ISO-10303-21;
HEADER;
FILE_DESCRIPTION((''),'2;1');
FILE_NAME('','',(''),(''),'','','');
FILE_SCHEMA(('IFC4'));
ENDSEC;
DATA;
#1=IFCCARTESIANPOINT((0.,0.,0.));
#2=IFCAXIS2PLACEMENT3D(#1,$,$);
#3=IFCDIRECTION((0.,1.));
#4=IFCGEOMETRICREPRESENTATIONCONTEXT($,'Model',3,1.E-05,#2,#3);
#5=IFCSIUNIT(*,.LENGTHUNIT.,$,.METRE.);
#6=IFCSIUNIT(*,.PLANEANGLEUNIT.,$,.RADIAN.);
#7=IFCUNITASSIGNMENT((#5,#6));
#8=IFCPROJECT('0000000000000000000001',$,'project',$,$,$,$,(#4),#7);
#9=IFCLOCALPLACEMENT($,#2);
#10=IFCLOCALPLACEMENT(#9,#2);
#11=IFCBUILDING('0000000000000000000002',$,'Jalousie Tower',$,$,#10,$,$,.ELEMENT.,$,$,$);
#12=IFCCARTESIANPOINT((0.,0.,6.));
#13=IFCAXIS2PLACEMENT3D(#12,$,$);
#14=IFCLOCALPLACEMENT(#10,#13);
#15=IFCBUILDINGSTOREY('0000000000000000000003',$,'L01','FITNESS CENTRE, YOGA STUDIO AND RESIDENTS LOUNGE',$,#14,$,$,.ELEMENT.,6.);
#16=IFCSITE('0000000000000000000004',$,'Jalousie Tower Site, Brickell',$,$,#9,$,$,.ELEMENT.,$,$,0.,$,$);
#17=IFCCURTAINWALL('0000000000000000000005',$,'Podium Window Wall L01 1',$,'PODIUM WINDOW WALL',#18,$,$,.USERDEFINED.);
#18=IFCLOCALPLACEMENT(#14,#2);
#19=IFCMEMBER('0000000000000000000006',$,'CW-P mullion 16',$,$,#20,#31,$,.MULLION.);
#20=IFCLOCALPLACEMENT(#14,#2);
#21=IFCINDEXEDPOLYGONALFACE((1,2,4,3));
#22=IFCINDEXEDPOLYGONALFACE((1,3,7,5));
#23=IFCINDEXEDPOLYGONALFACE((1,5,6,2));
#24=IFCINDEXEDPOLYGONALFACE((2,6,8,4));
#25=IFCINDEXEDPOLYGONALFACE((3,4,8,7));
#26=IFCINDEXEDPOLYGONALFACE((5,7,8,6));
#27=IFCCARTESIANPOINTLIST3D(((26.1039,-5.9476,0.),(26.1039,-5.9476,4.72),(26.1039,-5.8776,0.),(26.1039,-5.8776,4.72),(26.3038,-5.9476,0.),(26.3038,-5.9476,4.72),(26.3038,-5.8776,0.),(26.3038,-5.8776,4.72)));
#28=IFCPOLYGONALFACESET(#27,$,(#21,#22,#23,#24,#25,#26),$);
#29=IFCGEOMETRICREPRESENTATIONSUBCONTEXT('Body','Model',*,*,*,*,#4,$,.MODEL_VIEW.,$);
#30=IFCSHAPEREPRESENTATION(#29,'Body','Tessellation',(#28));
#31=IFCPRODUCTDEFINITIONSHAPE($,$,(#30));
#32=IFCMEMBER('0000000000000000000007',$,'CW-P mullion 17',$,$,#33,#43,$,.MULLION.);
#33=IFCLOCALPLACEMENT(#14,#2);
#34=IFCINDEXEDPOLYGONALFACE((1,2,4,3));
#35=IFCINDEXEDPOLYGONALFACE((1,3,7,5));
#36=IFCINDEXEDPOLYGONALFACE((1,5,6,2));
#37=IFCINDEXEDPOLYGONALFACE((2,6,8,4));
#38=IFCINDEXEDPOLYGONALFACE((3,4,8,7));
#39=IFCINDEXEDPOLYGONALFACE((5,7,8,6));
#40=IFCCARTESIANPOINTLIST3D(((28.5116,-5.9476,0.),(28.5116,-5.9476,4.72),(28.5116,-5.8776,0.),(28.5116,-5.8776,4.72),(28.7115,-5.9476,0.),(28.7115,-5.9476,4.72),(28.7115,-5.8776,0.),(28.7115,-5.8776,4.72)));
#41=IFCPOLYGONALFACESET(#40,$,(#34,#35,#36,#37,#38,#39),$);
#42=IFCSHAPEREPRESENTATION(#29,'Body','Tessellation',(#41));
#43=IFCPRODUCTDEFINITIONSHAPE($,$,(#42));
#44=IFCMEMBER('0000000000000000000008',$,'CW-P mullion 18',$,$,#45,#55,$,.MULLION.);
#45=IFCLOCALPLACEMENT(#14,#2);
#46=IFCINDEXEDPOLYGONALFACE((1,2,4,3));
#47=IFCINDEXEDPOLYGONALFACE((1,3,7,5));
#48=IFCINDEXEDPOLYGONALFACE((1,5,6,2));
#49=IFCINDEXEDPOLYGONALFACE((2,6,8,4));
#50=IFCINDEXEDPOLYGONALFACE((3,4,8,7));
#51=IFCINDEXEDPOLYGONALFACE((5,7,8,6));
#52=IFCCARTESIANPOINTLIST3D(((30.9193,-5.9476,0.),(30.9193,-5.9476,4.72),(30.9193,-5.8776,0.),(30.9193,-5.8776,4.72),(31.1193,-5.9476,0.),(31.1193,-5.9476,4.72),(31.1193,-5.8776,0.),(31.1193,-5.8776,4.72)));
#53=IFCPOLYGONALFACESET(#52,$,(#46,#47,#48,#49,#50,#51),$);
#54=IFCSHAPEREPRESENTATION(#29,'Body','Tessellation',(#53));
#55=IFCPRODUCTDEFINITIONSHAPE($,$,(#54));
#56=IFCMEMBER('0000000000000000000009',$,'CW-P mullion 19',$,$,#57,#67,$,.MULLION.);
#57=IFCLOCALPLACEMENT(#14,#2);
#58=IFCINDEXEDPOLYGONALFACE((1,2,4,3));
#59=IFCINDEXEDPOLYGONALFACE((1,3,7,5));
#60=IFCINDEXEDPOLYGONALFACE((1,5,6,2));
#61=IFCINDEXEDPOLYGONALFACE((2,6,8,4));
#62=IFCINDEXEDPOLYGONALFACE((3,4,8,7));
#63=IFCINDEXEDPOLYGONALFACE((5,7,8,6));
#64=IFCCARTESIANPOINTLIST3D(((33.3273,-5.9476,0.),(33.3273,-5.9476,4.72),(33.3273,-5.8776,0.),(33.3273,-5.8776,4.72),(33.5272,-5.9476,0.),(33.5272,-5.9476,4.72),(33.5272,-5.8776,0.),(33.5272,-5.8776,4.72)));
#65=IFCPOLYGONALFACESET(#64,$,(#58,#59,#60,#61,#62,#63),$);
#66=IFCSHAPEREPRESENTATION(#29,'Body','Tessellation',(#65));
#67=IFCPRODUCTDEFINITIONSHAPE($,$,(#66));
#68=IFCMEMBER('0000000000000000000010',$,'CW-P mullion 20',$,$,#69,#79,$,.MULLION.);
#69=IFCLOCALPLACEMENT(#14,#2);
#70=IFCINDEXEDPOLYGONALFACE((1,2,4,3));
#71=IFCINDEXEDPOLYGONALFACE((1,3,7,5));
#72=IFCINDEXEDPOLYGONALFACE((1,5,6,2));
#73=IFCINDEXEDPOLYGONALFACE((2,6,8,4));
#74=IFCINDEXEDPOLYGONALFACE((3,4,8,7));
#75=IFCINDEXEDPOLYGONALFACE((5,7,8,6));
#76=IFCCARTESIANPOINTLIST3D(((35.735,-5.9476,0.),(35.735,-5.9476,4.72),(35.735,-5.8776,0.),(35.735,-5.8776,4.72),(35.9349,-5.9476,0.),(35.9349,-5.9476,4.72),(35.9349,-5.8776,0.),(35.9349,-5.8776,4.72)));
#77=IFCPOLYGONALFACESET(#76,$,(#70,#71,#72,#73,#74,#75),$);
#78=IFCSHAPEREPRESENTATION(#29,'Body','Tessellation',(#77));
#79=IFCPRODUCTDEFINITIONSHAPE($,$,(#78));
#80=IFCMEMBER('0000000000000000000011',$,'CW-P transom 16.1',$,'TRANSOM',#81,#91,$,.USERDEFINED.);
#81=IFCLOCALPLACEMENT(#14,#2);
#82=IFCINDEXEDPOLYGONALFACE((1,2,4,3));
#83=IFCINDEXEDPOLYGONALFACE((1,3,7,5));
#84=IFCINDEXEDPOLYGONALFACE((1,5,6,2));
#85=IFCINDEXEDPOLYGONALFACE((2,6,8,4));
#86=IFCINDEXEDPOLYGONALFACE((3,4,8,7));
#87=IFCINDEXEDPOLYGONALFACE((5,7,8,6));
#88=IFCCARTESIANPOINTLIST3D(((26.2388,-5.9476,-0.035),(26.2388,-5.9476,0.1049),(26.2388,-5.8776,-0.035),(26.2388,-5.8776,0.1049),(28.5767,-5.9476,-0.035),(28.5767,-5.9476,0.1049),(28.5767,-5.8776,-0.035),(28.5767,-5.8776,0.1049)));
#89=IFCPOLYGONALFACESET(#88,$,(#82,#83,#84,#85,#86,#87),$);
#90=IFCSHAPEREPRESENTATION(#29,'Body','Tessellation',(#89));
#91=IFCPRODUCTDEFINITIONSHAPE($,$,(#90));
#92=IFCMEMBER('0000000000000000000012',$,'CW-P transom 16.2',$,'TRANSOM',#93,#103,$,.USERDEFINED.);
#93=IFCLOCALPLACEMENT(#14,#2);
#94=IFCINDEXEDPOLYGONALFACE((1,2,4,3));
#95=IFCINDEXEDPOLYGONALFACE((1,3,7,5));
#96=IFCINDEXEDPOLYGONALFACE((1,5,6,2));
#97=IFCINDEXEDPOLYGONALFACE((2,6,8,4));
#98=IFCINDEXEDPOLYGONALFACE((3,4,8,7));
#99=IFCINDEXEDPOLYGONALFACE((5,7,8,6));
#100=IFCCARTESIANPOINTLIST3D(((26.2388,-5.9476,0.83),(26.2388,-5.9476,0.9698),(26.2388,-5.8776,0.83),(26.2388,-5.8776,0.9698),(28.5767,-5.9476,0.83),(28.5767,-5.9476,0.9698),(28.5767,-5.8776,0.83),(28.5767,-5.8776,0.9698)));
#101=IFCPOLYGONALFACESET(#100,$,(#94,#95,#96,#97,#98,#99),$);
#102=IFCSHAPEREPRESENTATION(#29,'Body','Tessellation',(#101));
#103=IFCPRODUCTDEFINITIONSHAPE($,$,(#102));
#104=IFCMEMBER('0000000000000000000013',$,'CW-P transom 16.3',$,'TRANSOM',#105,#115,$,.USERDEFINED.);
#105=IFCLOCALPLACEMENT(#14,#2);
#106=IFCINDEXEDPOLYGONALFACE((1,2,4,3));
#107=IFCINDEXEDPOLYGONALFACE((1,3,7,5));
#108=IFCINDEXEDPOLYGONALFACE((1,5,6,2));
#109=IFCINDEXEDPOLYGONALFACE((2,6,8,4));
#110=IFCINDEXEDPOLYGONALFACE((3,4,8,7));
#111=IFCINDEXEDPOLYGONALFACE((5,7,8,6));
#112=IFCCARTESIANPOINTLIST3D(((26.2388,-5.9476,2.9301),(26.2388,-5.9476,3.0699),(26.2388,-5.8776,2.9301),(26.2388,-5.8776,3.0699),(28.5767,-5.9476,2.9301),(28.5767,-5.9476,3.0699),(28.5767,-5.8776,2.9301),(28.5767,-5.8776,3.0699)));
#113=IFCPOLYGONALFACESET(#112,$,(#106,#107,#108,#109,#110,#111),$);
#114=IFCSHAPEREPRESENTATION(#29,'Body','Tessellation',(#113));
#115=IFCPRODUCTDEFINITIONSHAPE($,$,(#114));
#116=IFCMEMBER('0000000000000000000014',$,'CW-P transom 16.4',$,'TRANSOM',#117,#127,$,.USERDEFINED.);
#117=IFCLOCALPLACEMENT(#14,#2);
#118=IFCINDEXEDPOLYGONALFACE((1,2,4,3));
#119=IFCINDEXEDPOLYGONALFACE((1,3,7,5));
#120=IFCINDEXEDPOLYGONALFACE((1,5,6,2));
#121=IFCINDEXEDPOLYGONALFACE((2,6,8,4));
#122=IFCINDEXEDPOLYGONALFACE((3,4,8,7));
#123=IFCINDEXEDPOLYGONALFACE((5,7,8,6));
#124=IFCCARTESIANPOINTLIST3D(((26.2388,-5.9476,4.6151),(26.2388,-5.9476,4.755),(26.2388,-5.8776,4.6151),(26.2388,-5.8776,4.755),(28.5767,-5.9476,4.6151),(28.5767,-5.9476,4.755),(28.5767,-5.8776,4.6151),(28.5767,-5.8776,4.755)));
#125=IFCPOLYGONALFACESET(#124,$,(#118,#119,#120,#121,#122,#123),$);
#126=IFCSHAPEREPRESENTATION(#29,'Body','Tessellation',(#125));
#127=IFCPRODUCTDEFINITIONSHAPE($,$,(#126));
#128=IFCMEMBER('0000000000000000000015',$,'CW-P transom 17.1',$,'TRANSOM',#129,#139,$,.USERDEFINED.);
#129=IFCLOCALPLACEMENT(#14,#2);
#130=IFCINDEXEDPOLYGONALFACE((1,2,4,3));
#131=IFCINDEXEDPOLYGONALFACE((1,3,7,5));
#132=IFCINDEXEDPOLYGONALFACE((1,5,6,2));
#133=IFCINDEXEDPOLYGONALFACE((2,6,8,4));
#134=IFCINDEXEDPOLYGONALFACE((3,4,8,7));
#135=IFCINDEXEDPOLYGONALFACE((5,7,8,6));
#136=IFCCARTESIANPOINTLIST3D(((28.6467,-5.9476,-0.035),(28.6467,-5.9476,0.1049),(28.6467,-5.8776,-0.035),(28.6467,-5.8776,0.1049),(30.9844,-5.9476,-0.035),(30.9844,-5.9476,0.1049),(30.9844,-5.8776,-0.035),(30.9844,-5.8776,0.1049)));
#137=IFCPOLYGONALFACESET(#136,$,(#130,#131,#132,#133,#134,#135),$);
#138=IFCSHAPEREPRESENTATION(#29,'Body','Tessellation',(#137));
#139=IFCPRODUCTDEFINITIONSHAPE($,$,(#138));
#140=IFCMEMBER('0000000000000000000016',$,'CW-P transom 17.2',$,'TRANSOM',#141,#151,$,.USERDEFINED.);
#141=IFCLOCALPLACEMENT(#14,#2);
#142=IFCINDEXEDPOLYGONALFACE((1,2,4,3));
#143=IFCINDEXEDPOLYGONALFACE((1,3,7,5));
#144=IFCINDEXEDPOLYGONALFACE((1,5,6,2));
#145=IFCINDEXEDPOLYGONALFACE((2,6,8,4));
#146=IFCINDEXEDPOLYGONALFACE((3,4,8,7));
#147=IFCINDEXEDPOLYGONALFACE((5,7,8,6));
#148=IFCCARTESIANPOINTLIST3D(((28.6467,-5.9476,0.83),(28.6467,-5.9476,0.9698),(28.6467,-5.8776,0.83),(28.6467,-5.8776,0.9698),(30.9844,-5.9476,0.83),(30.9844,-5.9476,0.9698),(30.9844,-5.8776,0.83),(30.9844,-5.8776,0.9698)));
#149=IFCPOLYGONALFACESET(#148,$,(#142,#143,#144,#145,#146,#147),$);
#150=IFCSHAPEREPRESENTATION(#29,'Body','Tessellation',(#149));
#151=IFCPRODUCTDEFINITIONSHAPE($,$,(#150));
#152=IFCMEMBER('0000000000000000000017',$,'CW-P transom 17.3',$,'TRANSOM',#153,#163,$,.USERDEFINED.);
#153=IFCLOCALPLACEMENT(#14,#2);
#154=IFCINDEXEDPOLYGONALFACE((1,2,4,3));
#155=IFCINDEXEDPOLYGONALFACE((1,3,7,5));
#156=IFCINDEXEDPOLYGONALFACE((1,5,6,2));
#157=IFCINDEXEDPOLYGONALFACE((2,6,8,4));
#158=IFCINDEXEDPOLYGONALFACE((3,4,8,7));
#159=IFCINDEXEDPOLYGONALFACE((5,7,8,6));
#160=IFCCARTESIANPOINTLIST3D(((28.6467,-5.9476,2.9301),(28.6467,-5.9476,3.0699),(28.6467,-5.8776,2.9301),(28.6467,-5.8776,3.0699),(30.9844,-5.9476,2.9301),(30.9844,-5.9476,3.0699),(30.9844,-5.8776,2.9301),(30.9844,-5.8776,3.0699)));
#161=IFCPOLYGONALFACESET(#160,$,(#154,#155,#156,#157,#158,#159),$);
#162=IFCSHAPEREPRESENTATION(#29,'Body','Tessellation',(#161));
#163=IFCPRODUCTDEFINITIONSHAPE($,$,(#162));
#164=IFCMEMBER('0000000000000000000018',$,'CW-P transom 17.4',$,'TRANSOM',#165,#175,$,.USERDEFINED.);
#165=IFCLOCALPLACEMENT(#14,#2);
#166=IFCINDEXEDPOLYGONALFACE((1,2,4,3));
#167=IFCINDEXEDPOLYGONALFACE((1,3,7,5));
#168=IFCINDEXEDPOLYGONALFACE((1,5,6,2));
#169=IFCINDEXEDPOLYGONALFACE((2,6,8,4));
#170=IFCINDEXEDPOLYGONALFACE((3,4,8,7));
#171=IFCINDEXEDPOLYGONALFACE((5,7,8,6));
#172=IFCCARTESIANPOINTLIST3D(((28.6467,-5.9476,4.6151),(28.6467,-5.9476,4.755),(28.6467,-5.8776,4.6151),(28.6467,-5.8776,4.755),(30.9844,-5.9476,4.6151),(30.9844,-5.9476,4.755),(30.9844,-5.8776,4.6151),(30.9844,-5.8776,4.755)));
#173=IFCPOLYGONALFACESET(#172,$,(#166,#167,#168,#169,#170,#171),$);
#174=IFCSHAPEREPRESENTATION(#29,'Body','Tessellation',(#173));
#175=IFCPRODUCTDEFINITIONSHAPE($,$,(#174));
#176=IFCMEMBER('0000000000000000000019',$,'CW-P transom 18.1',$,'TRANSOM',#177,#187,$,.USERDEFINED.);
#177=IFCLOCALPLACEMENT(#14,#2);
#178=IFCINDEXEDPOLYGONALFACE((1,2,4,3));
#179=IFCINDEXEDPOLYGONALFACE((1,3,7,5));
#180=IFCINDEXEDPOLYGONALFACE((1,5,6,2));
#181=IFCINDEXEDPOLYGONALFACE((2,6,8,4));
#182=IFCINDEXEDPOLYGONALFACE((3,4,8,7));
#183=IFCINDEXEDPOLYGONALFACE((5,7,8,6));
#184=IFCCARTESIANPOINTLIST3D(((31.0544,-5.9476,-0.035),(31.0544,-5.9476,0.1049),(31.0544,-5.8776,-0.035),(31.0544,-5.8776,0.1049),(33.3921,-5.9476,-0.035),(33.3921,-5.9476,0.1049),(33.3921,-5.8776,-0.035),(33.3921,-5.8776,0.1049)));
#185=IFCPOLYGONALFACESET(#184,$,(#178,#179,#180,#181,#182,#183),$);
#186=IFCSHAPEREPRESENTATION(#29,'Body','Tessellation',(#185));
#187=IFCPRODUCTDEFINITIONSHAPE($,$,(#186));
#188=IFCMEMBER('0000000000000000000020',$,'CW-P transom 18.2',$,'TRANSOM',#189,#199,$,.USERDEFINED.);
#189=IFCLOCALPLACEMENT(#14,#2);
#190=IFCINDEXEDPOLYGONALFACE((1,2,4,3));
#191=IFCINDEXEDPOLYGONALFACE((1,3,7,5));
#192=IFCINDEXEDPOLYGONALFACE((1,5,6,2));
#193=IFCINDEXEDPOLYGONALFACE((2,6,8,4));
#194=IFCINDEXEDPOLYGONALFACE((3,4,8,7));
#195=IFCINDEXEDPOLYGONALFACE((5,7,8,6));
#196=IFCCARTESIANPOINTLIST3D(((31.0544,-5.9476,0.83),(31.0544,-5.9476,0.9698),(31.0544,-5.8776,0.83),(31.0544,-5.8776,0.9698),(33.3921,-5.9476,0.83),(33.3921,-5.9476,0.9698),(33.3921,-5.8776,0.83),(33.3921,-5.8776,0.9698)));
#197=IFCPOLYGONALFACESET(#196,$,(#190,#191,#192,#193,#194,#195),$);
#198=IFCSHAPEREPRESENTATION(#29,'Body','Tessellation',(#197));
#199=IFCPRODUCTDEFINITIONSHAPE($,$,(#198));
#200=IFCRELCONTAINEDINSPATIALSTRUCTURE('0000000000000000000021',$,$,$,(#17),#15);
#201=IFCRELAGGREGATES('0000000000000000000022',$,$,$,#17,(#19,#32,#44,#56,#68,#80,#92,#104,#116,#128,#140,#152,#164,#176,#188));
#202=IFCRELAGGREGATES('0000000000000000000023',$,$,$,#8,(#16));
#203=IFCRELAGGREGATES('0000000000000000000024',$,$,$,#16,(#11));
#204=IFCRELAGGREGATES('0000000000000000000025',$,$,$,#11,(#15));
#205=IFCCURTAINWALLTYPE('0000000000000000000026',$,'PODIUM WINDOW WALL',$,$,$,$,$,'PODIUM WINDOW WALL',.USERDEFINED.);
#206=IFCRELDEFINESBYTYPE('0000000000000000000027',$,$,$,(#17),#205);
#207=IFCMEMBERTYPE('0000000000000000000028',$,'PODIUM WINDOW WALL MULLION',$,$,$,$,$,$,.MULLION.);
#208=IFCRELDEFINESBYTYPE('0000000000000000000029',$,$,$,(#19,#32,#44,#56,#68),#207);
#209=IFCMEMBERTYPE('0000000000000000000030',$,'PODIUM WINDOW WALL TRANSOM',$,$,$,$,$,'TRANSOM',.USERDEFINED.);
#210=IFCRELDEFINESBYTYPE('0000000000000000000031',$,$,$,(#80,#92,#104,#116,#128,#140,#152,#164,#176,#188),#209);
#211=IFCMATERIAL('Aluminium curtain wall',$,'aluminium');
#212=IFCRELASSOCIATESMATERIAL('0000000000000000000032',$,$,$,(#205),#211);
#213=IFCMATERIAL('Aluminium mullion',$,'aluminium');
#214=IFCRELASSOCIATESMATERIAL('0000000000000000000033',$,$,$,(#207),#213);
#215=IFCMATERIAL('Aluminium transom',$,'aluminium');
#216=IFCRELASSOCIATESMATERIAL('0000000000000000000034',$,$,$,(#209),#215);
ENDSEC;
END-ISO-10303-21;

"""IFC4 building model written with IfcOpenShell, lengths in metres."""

from ifc_helpers import new_model, si_unit, direction, frame, origin, origin_2d, place, context, subcontext, project, spatial, rectangle, extrude, material, material_profile, profile_set, type_object, element, aggregate, save


model = new_model("IFC4")

# Units and contexts
model_context = context("Model", 3, precision=1e-05, world=origin(), true_north=direction((0.0, 1.0)))
body_context = subcontext(model_context, "Body", "Model", "MODEL_VIEW")
ifc_project = project(units=[si_unit("LENGTHUNIT", "METRE"), si_unit("PLANEANGLEUNIT", "RADIAN")], contexts=[model_context])

# Site, building, storey
site_placement = place(None, origin())
site = spatial("IfcSite", under=ifc_project, at=site_placement, Name="Jalousie Tower Site, Brickell", CompositionType="ELEMENT", RefElevation=0.0)
building_placement = place(site_placement, origin())
building = spatial("IfcBuilding", under=site, at=building_placement, Name="Jalousie Tower", CompositionType="ELEMENT")
storey_placement = place(building_placement, frame((0.0, 0.0, 6.0)))
storey = spatial("IfcBuildingStorey", under=building, at=storey_placement, Name="L01", Description="FITNESS CENTRE, YOGA STUDIO AND RESIDENTS LOUNGE", CompositionType="ELEMENT", Elevation=6.0)

# Curtain wall, members
ifc_material_1 = material(Name="Aluminium curtain wall", Category="aluminium")
curtain_wall_type = type_object("IfcCurtainWallType", Name="PODIUM WINDOW WALL", ElementType="PODIUM WINDOW WALL", PredefinedType="USERDEFINED", material=ifc_material_1)
curtain_wall_placement = place(storey_placement, origin())
curtain_wall = element("IfcCurtainWall", 1, at=curtain_wall_placement, inside=storey, type_object=curtain_wall_type, Name="Podium Window Wall L01 1", ObjectType="PODIUM WINDOW WALL", PredefinedType="USERDEFINED")
ifc_material_2 = material(Name="Aluminium mullion", Category="aluminium")
ifc_material_profile_1 = material_profile(ifc_material_2, rectangle(XDim=0.0701, YDim=0.2, at=origin_2d()), Name="MULLION 70x200")
ifc_profile_set_1 = profile_set([ifc_material_profile_1], Name="Aluminium mullion")
member_type_1 = type_object("IfcMemberType", Name="PODIUM WINDOW WALL MULLION", PredefinedType="MULLION", material=ifc_profile_set_1)
member_1_placement = place(storey_placement, frame((26.2039, -5.9126, 0.0), z_axis=(0.0, 0.0, 1.0), x_axis=(0.0, 1.0, 0.0)))
member_1 = element("IfcMember", 2, at=member_1_placement, type_object=member_type_1, Name="CW-P mullion 16", PredefinedType="MULLION", context=body_context, shape_type="SweptSolid", body=[
    extrude(rectangle(XDim=0.0701, YDim=0.2, at=origin_2d()), origin(), (0.0, 0.0, 1.0), 4.72),
])
member_2_placement = place(storey_placement, frame((28.6116, -5.9126, 0.0), z_axis=(0.0, 0.0, 1.0), x_axis=(0.0, 1.0, 0.0)))
member_2 = element("IfcMember", 3, at=member_2_placement, type_object=member_type_1, Name="CW-P mullion 17", PredefinedType="MULLION", context=body_context, shape_type="SweptSolid", body=[
    extrude(rectangle(XDim=0.0701, YDim=0.2, at=origin_2d()), origin(), (0.0, 0.0, 1.0), 4.72),
])
member_3_placement = place(storey_placement, frame((31.0193, -5.9126, 0.0), z_axis=(0.0, 0.0, 1.0), x_axis=(0.0, 1.0, 0.0)))
member_3 = element("IfcMember", 4, at=member_3_placement, type_object=member_type_1, Name="CW-P mullion 18", PredefinedType="MULLION", context=body_context, shape_type="SweptSolid", body=[
    extrude(rectangle(XDim=0.0701, YDim=0.2, at=origin_2d()), origin(), (0.0, 0.0, 1.0), 4.72),
])
member_4_placement = place(storey_placement, frame((33.4272, -5.9126, 0.0), z_axis=(0.0, 0.0, 1.0), x_axis=(0.0, 1.0, 0.0)))
member_4 = element("IfcMember", 5, at=member_4_placement, type_object=member_type_1, Name="CW-P mullion 19", PredefinedType="MULLION", context=body_context, shape_type="SweptSolid", body=[
    extrude(rectangle(XDim=0.0701, YDim=0.2, at=origin_2d()), origin(), (0.0, 0.0, 1.0), 4.72),
])
member_5_placement = place(storey_placement, frame((35.835, -5.9126, 0.0), z_axis=(0.0, 0.0, 1.0), x_axis=(0.0, 1.0, 0.0)))
member_5 = element("IfcMember", 6, at=member_5_placement, type_object=member_type_1, Name="CW-P mullion 20", PredefinedType="MULLION", context=body_context, shape_type="SweptSolid", body=[
    extrude(rectangle(XDim=0.0701, YDim=0.2, at=origin_2d()), origin(), (0.0, 0.0, 1.0), 4.72),
])
ifc_material_3 = material(Name="Aluminium transom", Category="aluminium")
ifc_material_profile_2 = material_profile(ifc_material_3, rectangle(XDim=0.0701, YDim=0.1399, at=origin_2d()), Name="TRANSOM 70x140")
ifc_profile_set_2 = profile_set([ifc_material_profile_2], Name="Aluminium transom")
member_type_2 = type_object("IfcMemberType", Name="PODIUM WINDOW WALL TRANSOM", ElementType="TRANSOM", PredefinedType="USERDEFINED", material=ifc_profile_set_2)
member_6_placement = place(storey_placement, frame((26.2388, -5.9126, 0.0349), z_axis=(1.0, 0.0, 0.0), x_axis=(0.0, 1.0, 0.0)))
member_6 = element("IfcMember", 7, at=member_6_placement, type_object=member_type_2, Name="CW-P transom 16.1", ObjectType="TRANSOM", PredefinedType="USERDEFINED", context=body_context, shape_type="SweptSolid", body=[
    extrude(rectangle(XDim=0.0701, YDim=0.1399, at=origin_2d()), origin(), (0.0, 0.0, 1.0), 2.3379),
])
member_7_placement = place(storey_placement, frame((26.2388, -5.9126, 0.8999), z_axis=(1.0, 0.0, 0.0), x_axis=(0.0, 1.0, 0.0)))
member_7 = element("IfcMember", 8, at=member_7_placement, type_object=member_type_2, Name="CW-P transom 16.2", ObjectType="TRANSOM", PredefinedType="USERDEFINED", context=body_context, shape_type="SweptSolid", body=[
    extrude(rectangle(XDim=0.0701, YDim=0.1399, at=origin_2d()), origin(), (0.0, 0.0, 1.0), 2.3379),
])
member_8_placement = place(storey_placement, frame((26.2388, -5.9126, 3.0), z_axis=(1.0, 0.0, 0.0), x_axis=(0.0, 1.0, 0.0)))
member_8 = element("IfcMember", 9, at=member_8_placement, type_object=member_type_2, Name="CW-P transom 16.3", ObjectType="TRANSOM", PredefinedType="USERDEFINED", context=body_context, shape_type="SweptSolid", body=[
    extrude(rectangle(XDim=0.0701, YDim=0.1399, at=origin_2d()), origin(), (0.0, 0.0, 1.0), 2.3379),
])
member_9_placement = place(storey_placement, frame((26.2388, -5.9126, 4.6851), z_axis=(1.0, 0.0, 0.0), x_axis=(0.0, 1.0, 0.0)))
member_9 = element("IfcMember", 10, at=member_9_placement, type_object=member_type_2, Name="CW-P transom 16.4", ObjectType="TRANSOM", PredefinedType="USERDEFINED", context=body_context, shape_type="SweptSolid", body=[
    extrude(rectangle(XDim=0.0701, YDim=0.1399, at=origin_2d()), origin(), (0.0, 0.0, 1.0), 2.3379),
])
member_10_placement = place(storey_placement, frame((28.6467, -5.9126, 0.0349), z_axis=(1.0, 0.0, 0.0), x_axis=(0.0, 1.0, 0.0)))
member_10 = element("IfcMember", 11, at=member_10_placement, type_object=member_type_2, Name="CW-P transom 17.1", ObjectType="TRANSOM", PredefinedType="USERDEFINED", context=body_context, shape_type="SweptSolid", body=[
    extrude(rectangle(XDim=0.0701, YDim=0.1399, at=origin_2d()), origin(), (0.0, 0.0, 1.0), 2.3376),
])
member_11_placement = place(storey_placement, frame((28.6467, -5.9126, 0.8999), z_axis=(1.0, 0.0, 0.0), x_axis=(0.0, 1.0, 0.0)))
member_11 = element("IfcMember", 12, at=member_11_placement, type_object=member_type_2, Name="CW-P transom 17.2", ObjectType="TRANSOM", PredefinedType="USERDEFINED", context=body_context, shape_type="SweptSolid", body=[
    extrude(rectangle(XDim=0.0701, YDim=0.1399, at=origin_2d()), origin(), (0.0, 0.0, 1.0), 2.3376),
])
member_12_placement = place(storey_placement, frame((28.6467, -5.9126, 3.0), z_axis=(1.0, 0.0, 0.0), x_axis=(0.0, 1.0, 0.0)))
member_12 = element("IfcMember", 13, at=member_12_placement, type_object=member_type_2, Name="CW-P transom 17.3", ObjectType="TRANSOM", PredefinedType="USERDEFINED", context=body_context, shape_type="SweptSolid", body=[
    extrude(rectangle(XDim=0.0701, YDim=0.1399, at=origin_2d()), origin(), (0.0, 0.0, 1.0), 2.3376),
])
member_13_placement = place(storey_placement, frame((28.6467, -5.9126, 4.6851), z_axis=(1.0, 0.0, 0.0), x_axis=(0.0, 1.0, 0.0)))
member_13 = element("IfcMember", 14, at=member_13_placement, type_object=member_type_2, Name="CW-P transom 17.4", ObjectType="TRANSOM", PredefinedType="USERDEFINED", context=body_context, shape_type="SweptSolid", body=[
    extrude(rectangle(XDim=0.0701, YDim=0.1399, at=origin_2d()), origin(), (0.0, 0.0, 1.0), 2.3376),
])
member_14_placement = place(storey_placement, frame((31.0544, -5.9126, 0.0349), z_axis=(1.0, 0.0, 0.0), x_axis=(0.0, 1.0, 0.0)))
member_14 = element("IfcMember", 15, at=member_14_placement, type_object=member_type_2, Name="CW-P transom 18.1", ObjectType="TRANSOM", PredefinedType="USERDEFINED", context=body_context, shape_type="SweptSolid", body=[
    extrude(rectangle(XDim=0.0701, YDim=0.1399, at=origin_2d()), origin(), (0.0, 0.0, 1.0), 2.3376),
])
member_15_placement = place(storey_placement, frame((31.0544, -5.9126, 0.8999), z_axis=(1.0, 0.0, 0.0), x_axis=(0.0, 1.0, 0.0)))
member_15 = element("IfcMember", 16, at=member_15_placement, type_object=member_type_2, Name="CW-P transom 18.2", ObjectType="TRANSOM", PredefinedType="USERDEFINED", context=body_context, shape_type="SweptSolid", body=[
    extrude(rectangle(XDim=0.0701, YDim=0.1399, at=origin_2d()), origin(), (0.0, 0.0, 1.0), 2.3376),
])
aggregate(curtain_wall, [member_1, member_2, member_3, member_4, member_5, member_6, member_7, member_8, member_9, member_10, member_11, member_12, member_13, member_14, member_15])

save(model, "model.ifc")
